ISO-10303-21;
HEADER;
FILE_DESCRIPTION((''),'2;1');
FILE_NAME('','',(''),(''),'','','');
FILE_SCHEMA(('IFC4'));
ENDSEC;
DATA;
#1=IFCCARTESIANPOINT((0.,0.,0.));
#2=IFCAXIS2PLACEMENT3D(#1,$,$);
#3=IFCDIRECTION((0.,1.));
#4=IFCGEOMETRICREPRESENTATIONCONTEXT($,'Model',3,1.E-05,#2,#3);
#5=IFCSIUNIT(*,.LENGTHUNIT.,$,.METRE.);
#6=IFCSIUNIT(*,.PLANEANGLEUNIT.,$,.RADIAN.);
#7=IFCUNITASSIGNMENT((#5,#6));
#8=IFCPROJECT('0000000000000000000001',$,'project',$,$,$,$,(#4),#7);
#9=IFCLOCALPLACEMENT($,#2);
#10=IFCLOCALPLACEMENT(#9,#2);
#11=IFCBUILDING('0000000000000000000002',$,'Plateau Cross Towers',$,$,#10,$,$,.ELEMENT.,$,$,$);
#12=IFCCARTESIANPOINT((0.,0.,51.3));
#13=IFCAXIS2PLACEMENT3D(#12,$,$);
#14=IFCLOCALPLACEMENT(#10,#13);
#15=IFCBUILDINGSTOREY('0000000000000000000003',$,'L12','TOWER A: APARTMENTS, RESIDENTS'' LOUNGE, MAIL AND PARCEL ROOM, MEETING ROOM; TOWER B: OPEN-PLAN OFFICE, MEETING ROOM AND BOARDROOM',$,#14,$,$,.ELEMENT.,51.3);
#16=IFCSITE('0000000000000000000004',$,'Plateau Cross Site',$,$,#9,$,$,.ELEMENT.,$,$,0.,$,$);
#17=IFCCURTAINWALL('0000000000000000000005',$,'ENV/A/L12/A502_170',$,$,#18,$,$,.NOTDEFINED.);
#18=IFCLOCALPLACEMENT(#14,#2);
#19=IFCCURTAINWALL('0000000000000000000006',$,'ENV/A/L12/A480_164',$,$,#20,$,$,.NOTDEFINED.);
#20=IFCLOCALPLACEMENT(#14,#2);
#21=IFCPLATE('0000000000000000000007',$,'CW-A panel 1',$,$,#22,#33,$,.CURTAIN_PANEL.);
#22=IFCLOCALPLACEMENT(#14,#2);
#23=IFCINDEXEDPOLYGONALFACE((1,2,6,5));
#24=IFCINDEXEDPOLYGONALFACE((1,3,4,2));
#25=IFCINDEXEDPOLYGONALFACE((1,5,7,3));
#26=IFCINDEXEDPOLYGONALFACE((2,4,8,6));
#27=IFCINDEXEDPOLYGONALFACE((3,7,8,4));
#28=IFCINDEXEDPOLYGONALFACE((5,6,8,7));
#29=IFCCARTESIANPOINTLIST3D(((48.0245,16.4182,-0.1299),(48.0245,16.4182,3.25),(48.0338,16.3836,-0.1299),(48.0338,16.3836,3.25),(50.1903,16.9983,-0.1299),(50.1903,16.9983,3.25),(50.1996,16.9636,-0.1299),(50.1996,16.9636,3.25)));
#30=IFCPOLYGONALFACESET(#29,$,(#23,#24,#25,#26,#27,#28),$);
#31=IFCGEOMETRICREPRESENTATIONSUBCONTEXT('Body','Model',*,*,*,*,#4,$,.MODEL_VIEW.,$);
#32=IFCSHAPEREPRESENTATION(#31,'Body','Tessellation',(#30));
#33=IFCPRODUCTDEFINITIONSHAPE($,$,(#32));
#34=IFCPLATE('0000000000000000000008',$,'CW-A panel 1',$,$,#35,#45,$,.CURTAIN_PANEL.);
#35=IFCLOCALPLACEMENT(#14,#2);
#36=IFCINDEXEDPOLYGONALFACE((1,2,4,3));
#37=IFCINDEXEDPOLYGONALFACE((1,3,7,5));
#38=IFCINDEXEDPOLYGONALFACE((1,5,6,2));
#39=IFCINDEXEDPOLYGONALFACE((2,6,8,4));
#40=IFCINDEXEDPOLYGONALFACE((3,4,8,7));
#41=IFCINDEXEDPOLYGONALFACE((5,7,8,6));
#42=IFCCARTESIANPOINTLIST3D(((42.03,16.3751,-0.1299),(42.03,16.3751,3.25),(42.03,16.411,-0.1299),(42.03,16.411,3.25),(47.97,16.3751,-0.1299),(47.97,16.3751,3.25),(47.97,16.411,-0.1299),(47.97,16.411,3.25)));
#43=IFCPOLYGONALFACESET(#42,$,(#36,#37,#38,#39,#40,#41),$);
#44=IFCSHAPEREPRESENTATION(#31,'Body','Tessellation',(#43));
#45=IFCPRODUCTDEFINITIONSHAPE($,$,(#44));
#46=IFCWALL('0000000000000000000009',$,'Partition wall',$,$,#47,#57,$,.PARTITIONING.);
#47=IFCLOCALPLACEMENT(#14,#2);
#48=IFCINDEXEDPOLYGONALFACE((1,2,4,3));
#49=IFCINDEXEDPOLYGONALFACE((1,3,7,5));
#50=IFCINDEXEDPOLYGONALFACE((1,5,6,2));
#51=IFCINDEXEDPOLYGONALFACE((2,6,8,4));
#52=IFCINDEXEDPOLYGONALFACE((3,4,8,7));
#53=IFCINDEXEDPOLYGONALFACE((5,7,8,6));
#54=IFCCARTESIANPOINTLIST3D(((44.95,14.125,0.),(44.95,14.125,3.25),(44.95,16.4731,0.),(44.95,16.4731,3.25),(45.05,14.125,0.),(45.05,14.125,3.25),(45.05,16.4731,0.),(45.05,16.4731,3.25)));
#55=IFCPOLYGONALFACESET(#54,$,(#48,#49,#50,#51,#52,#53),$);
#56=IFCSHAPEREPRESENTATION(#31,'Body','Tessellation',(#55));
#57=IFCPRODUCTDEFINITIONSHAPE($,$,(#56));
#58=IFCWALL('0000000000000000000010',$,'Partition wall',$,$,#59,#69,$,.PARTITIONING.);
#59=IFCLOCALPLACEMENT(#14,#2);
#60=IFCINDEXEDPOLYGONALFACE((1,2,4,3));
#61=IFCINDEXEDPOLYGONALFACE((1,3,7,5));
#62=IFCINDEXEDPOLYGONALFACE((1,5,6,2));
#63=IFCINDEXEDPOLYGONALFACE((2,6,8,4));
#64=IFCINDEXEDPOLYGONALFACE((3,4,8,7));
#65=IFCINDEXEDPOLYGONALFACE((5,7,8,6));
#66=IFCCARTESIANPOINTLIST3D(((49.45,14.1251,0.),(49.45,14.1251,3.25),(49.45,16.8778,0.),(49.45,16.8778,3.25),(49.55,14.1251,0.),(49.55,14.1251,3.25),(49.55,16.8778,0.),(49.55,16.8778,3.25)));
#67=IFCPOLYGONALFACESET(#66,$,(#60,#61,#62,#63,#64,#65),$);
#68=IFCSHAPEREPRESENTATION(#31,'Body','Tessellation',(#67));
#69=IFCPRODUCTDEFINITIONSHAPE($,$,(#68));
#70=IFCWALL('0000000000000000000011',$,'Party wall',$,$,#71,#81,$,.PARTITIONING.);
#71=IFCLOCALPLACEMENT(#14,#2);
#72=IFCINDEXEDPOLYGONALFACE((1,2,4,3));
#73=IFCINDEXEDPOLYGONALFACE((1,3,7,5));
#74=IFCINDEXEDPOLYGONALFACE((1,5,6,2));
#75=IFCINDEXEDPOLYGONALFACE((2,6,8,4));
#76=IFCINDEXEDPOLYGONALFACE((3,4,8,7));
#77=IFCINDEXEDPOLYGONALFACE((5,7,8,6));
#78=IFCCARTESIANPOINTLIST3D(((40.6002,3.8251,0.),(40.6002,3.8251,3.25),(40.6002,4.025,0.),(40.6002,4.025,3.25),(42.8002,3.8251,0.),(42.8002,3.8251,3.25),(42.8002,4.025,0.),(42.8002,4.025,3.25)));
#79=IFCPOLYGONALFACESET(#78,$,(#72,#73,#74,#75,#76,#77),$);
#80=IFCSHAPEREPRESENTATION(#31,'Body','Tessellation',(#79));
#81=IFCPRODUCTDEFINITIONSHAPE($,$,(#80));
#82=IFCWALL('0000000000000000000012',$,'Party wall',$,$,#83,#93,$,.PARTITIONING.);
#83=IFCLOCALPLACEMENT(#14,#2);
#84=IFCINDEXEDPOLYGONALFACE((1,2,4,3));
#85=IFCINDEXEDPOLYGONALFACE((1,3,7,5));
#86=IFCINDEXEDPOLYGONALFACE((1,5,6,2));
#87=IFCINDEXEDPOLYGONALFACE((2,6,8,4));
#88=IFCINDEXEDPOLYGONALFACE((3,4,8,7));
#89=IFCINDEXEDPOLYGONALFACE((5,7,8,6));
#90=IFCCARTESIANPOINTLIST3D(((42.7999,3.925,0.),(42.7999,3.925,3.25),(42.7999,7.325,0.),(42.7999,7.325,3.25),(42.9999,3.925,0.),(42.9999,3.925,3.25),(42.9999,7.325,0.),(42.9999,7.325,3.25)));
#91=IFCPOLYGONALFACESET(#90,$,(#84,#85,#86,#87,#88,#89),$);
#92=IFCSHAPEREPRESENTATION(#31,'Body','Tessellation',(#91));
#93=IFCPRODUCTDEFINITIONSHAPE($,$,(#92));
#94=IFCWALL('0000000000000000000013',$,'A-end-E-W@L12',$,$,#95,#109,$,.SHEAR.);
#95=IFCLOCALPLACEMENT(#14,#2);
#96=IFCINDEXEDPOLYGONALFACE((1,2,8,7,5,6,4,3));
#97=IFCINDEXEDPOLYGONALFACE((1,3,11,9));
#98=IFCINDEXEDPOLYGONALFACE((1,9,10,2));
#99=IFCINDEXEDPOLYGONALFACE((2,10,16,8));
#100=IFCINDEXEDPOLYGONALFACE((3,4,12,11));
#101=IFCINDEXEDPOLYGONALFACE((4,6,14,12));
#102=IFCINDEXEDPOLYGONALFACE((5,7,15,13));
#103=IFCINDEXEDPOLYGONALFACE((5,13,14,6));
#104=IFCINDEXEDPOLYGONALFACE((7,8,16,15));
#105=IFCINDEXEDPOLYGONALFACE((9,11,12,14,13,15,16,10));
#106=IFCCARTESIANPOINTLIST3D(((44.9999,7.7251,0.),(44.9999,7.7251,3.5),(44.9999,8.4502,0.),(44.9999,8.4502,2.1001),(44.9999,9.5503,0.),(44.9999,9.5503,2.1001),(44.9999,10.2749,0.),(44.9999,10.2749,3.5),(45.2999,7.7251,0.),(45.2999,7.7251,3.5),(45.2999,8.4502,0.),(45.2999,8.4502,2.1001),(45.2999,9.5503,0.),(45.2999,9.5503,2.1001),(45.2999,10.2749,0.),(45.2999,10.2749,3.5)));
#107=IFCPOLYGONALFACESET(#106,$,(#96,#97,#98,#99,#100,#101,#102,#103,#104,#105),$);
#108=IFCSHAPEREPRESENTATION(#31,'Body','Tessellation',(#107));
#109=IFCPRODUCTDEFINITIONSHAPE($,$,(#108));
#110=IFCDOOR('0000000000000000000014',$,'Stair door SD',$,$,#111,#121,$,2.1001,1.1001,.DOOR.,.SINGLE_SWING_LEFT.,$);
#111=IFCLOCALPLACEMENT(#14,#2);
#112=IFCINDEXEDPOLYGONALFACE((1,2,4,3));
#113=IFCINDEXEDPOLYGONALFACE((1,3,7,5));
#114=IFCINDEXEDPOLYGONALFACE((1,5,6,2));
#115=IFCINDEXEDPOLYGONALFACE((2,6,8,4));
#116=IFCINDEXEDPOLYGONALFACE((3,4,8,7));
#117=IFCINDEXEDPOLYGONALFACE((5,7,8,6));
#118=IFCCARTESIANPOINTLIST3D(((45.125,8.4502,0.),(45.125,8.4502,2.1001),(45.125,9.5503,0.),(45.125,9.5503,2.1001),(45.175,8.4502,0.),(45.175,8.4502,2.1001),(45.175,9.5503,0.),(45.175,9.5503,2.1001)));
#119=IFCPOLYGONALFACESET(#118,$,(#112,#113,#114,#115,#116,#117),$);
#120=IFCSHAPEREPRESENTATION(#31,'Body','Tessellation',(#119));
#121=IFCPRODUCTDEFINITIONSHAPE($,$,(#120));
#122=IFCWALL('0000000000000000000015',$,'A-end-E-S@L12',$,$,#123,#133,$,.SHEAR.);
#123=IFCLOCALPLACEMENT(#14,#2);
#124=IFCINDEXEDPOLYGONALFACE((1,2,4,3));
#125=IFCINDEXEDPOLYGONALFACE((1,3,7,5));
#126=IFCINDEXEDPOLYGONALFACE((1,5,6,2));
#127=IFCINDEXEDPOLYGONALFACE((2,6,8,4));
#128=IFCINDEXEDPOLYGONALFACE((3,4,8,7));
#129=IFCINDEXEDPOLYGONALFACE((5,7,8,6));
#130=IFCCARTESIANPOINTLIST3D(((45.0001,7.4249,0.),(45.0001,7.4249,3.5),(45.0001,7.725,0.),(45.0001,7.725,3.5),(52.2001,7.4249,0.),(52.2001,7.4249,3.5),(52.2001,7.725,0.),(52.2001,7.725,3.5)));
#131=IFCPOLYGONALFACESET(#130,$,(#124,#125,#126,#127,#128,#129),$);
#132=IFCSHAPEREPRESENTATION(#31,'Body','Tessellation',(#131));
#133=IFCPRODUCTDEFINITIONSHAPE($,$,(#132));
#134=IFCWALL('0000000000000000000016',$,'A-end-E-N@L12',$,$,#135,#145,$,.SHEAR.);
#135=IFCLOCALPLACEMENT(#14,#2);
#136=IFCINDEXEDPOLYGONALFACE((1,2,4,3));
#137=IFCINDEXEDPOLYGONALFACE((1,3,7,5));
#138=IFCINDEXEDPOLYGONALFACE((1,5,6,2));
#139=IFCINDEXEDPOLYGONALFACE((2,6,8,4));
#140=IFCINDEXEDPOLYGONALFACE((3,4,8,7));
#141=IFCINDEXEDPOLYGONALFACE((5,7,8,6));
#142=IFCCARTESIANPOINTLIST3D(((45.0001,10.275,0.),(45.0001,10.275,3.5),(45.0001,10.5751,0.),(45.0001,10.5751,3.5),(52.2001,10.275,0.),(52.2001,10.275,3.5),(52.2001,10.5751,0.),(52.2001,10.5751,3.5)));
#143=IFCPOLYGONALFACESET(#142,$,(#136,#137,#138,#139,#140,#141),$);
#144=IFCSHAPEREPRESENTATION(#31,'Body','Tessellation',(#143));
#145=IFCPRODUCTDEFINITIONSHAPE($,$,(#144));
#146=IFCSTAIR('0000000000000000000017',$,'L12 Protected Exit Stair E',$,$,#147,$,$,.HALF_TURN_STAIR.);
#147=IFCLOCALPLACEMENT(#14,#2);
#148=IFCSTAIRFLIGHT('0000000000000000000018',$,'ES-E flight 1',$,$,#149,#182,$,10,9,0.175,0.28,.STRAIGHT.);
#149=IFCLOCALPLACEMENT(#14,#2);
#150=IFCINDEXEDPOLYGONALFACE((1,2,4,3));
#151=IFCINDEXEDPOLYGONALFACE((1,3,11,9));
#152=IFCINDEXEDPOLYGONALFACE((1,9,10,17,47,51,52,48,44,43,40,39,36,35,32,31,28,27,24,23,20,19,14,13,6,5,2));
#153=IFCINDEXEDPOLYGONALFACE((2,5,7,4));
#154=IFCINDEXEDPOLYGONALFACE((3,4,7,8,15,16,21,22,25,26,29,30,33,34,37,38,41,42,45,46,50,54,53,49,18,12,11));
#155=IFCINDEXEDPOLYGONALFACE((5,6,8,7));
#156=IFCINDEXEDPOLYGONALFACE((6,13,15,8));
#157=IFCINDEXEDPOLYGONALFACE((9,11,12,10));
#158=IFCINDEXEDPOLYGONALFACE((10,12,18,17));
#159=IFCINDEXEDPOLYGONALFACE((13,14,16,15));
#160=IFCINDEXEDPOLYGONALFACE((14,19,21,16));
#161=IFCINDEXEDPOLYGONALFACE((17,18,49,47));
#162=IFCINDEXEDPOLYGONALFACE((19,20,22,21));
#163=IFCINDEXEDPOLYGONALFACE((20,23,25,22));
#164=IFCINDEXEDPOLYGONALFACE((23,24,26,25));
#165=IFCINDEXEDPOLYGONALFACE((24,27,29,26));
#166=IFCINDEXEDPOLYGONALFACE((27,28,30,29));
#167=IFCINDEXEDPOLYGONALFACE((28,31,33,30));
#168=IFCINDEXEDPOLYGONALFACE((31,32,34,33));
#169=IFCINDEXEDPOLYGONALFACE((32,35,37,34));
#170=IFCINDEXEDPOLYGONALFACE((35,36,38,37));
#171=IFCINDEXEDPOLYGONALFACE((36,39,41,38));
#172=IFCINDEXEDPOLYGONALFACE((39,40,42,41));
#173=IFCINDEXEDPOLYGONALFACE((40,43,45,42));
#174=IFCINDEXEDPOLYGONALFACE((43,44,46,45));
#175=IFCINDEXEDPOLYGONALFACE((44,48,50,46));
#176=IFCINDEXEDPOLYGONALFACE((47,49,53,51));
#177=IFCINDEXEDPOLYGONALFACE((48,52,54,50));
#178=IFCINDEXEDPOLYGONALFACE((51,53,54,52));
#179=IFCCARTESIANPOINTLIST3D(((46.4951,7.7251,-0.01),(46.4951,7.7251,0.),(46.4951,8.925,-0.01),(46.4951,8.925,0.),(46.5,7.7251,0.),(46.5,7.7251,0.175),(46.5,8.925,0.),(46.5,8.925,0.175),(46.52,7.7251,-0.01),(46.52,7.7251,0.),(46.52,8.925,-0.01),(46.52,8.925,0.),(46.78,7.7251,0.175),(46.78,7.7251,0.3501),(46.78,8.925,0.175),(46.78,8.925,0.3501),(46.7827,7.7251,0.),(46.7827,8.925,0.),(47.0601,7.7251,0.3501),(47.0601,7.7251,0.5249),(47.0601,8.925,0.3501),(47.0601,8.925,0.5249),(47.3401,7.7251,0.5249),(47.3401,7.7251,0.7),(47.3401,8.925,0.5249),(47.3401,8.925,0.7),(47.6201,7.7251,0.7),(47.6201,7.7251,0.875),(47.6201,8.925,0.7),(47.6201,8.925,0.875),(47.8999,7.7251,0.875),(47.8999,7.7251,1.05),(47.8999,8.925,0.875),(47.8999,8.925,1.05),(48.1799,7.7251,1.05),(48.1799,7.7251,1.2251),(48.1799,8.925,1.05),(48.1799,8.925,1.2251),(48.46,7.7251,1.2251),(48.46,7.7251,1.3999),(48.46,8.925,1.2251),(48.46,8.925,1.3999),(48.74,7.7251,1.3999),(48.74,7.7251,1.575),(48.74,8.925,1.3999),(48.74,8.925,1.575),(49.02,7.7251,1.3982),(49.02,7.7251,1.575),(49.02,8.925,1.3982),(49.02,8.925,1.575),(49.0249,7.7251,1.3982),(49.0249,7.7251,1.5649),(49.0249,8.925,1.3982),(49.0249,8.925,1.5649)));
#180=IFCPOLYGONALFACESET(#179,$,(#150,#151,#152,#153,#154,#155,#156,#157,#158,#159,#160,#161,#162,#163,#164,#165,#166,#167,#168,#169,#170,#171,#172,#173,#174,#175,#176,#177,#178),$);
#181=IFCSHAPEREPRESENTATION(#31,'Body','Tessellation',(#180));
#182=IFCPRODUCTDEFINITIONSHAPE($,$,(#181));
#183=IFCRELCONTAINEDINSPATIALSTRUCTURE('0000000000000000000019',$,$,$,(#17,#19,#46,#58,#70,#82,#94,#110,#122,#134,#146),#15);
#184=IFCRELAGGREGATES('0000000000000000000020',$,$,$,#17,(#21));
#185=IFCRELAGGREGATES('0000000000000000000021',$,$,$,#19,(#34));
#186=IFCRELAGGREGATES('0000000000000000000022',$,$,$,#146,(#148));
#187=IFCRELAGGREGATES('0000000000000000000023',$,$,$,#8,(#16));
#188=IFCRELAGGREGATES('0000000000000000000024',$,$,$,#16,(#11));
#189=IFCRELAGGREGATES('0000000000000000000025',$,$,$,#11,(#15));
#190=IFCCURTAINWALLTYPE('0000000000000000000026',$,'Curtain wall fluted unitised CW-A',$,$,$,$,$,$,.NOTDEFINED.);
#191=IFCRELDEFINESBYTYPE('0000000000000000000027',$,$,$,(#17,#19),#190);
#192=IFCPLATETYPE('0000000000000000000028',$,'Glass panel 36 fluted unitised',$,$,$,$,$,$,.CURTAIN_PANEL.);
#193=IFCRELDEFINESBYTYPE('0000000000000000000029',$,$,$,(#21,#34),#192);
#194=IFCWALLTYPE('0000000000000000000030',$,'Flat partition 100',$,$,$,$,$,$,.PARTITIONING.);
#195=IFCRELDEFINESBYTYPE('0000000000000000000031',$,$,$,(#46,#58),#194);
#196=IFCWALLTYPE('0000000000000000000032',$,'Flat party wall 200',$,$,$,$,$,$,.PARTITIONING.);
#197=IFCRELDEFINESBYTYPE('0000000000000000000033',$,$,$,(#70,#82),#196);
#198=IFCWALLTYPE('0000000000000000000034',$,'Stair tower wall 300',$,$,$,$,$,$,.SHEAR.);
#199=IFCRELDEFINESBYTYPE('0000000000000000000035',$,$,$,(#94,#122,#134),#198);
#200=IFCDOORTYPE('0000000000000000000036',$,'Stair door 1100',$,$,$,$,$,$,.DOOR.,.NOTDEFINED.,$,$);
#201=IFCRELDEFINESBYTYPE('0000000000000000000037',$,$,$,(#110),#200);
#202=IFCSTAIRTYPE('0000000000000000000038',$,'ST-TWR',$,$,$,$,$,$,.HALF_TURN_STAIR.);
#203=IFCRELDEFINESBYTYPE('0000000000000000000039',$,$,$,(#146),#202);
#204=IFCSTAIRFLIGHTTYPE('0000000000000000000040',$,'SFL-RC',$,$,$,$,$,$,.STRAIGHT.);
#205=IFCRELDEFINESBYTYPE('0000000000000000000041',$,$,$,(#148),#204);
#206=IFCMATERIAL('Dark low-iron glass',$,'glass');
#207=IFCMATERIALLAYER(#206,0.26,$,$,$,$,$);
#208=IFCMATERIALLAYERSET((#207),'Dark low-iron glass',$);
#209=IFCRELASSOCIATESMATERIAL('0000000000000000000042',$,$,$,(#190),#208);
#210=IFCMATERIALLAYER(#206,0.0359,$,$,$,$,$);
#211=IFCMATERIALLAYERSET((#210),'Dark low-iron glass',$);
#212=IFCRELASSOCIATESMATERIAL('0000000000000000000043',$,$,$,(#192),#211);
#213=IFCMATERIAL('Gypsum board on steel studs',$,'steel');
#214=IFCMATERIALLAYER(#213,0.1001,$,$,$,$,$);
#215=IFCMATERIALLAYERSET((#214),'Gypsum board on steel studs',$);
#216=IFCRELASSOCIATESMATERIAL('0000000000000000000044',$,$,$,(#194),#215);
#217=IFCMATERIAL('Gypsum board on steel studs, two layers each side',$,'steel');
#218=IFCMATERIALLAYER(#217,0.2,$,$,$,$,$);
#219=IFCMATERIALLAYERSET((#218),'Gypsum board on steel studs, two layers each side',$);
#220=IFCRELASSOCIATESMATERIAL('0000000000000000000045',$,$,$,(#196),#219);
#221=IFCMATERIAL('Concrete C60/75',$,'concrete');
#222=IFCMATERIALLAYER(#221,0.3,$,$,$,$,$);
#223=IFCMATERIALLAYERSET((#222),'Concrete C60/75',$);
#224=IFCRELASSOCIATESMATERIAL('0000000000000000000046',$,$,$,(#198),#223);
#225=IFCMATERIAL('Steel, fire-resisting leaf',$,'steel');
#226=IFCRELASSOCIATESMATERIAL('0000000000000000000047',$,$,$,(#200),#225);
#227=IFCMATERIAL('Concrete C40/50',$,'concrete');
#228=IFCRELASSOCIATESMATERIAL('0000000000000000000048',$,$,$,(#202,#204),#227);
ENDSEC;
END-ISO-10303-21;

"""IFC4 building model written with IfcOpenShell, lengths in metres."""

from ifc_helpers import new_model, si_unit, direction, frame, frame_2d, origin, origin_2d, place, context, subcontext, project, spatial, polyline, rectangle, outline, extrude, material, layer, layer_set, type_object, element, fill, aggregate, save


model = new_model("IFC4")

# Units and contexts
model_context = context("Model", 3, precision=1e-05, world=origin(), true_north=direction((0.0, 1.0)))
body_context = subcontext(model_context, "Body", "Model", "MODEL_VIEW")
ifc_project = project(units=[si_unit("LENGTHUNIT", "METRE"), si_unit("PLANEANGLEUNIT", "RADIAN")], contexts=[model_context])

# Site, building, storey
site_placement = place(None, origin())
site = spatial("IfcSite", under=ifc_project, at=site_placement, Name="Plateau Cross Site", CompositionType="ELEMENT", RefElevation=0.0)
building_placement = place(site_placement, origin())
building = spatial("IfcBuilding", under=site, at=building_placement, Name="Plateau Cross Towers", CompositionType="ELEMENT")
storey_placement = place(building_placement, frame((0.0, 0.0, 51.3)))
storey = spatial("IfcBuildingStorey", under=building, at=storey_placement, Name="L12", Description="TOWER A: APARTMENTS, RESIDENTS' LOUNGE, MAIL AND PARCEL ROOM, MEETING ROOM; TOWER B: OPEN-PLAN OFFICE, MEETING ROOM AND BOARDROOM", CompositionType="ELEMENT", Elevation=51.3)

# Curtain walls
ifc_material_1 = material(Name="Dark low-iron glass", Category="glass")
ifc_layer_1 = layer(ifc_material_1, 0.26)
ifc_layer_set_1 = layer_set([ifc_layer_1], Name="Dark low-iron glass")
curtain_wall_type_1 = type_object("IfcCurtainWallType", Name="Curtain wall fluted unitised CW-A", PredefinedType="NOTDEFINED", material=ifc_layer_set_1)
curtain_wall_1_placement = place(storey_placement, origin())
curtain_wall_1 = element("IfcCurtainWall", 1, at=curtain_wall_1_placement, inside=storey, type_object=curtain_wall_type_1, Name="ENV/A/L12/A502_170", PredefinedType="NOTDEFINED")
curtain_wall_2_placement = place(storey_placement, origin())
curtain_wall_2 = element("IfcCurtainWall", 2, at=curtain_wall_2_placement, inside=storey, type_object=curtain_wall_type_1, Name="ENV/A/L12/A480_164", PredefinedType="NOTDEFINED")

# Plates
ifc_layer_2 = layer(ifc_material_1, 0.0359)
ifc_layer_set_2 = layer_set([ifc_layer_2], Name="Dark low-iron glass")
plate_type = type_object("IfcPlateType", Name="Glass panel 36 fluted unitised", PredefinedType="CURTAIN_PANEL", material=ifc_layer_set_2)
plate_1_placement = place(storey_placement, frame((49.1121, 16.6909, -0.1299), z_axis=(0.0, 0.0, 1.0), x_axis=(-0.965958, -0.258699, 0.0)))
plate_1 = element("IfcPlate", 3, at=plate_1_placement, type_object=plate_type, Name="CW-A panel 1", PredefinedType="CURTAIN_PANEL", context=body_context, shape_type="SweptSolid", body=[
    extrude(rectangle(XDim=2.2422, YDim=0.0359, at=origin_2d()), origin(), (0.0, 0.0, 1.0), 3.3799),
])
aggregate(curtain_wall_1, [plate_1])
plate_2_placement = place(storey_placement, frame((45.0, 16.3931, -0.1299), z_axis=(0.0, 0.0, 1.0), x_axis=(-1.0, 0.0, 0.0)))
plate_2 = element("IfcPlate", 4, at=plate_2_placement, type_object=plate_type, Name="CW-A panel 1", PredefinedType="CURTAIN_PANEL", context=body_context, shape_type="SweptSolid", body=[
    extrude(rectangle(XDim=5.9399, YDim=0.0359, at=origin_2d()), origin(), (0.0, 0.0, 1.0), 3.3799),
])
aggregate(curtain_wall_2, [plate_2])

# Walls
ifc_material_2 = material(Name="Gypsum board on steel studs", Category="steel")
ifc_layer_3 = layer(ifc_material_2, 0.1001)
ifc_layer_set_3 = layer_set([ifc_layer_3], Name="Gypsum board on steel studs")
wall_type_1 = type_object("IfcWallType", Name="Flat partition 100", PredefinedType="PARTITIONING", material=ifc_layer_set_3)
wall_1_placement = place(storey_placement, frame((45.0, 14.125, 0.0), z_axis=(0.0, 0.0, 1.0), x_axis=(0.0, 1.0, 0.0)))
element("IfcWall", 5, at=wall_1_placement, inside=storey, type_object=wall_type_1, Name="Partition wall", PredefinedType="PARTITIONING", context=body_context, shape_type="SweptSolid", body=[
    extrude(rectangle(XDim=2.3481, YDim=0.1001, at=frame_2d((1.1741, 0.0))), origin(), (0.0, 0.0, 1.0), 3.25),
])
wall_2_placement = place(storey_placement, frame((49.5, 14.125, 0.0), z_axis=(0.0, 0.0, 1.0), x_axis=(0.0, 1.0, 0.0)))
element("IfcWall", 6, at=wall_2_placement, inside=storey, type_object=wall_type_1, Name="Partition wall", PredefinedType="PARTITIONING", context=body_context, shape_type="SweptSolid", body=[
    extrude(rectangle(XDim=2.7527, YDim=0.1001, at=frame_2d((1.3765, 0.0))), origin(), (0.0, 0.0, 1.0), 3.25),
])
ifc_material_3 = material(Name="Gypsum board on steel studs, two layers each side", Category="steel")
ifc_layer_4 = layer(ifc_material_3, 0.2)
ifc_layer_set_4 = layer_set([ifc_layer_4], Name="Gypsum board on steel studs, two layers each side")
wall_type_2 = type_object("IfcWallType", Name="Flat party wall 200", PredefinedType="PARTITIONING", material=ifc_layer_set_4)
wall_3_placement = place(storey_placement, frame((40.6001, 3.925, 0.0), z_axis=(0.0, 0.0, 1.0), x_axis=(1.0, 0.0, 0.0)))
element("IfcWall", 7, at=wall_3_placement, inside=storey, type_object=wall_type_2, Name="Party wall", PredefinedType="PARTITIONING", context=body_context, shape_type="SweptSolid", body=[
    extrude(rectangle(XDim=2.2, YDim=0.2, at=frame_2d((1.1001, 0.0))), origin(), (0.0, 0.0, 1.0), 3.25),
])
wall_4_placement = place(storey_placement, frame((42.8999, 3.925, 0.0), z_axis=(0.0, 0.0, 1.0), x_axis=(0.0, 1.0, 0.0)))
element("IfcWall", 8, at=wall_4_placement, inside=storey, type_object=wall_type_2, Name="Party wall", PredefinedType="PARTITIONING", context=body_context, shape_type="SweptSolid", body=[
    extrude(rectangle(XDim=3.3999, YDim=0.2, at=frame_2d((1.7, 0.0))), origin(), (0.0, 0.0, 1.0), 3.25),
])

# Wall, opening, door
ifc_material_4 = material(Name="Concrete C60/75", Category="concrete")
ifc_layer_5 = layer(ifc_material_4, 0.3)
ifc_layer_set_5 = layer_set([ifc_layer_5], Name="Concrete C60/75")
wall_type_3 = type_object("IfcWallType", Name="Stair tower wall 300", PredefinedType="SHEAR", material=ifc_layer_set_5)
wall_5_placement = place(storey_placement, frame((45.1499, 7.7251, 0.0), z_axis=(0.0, 0.0, 1.0), x_axis=(0.0, 1.0, 0.0)))
wall_5 = element("IfcWall", 9, at=wall_5_placement, inside=storey, type_object=wall_type_3, Name="A-end-E-W@L12", PredefinedType="SHEAR", context=body_context, shape_type="SweptSolid", body=[
    extrude(rectangle(XDim=2.5498, YDim=0.3, at=frame_2d((1.2749, 0.0))), origin(), (0.0, 0.0, 1.0), 3.5),
])
opening_placement = place(wall_5_placement, frame((0.7251, 0.0, 0.0)))
opening = element("IfcOpeningElement", 10, at=opening_placement, cuts=wall_5, PredefinedType="OPENING", context=body_context, shape_type="SweptSolid", body=[
    extrude(rectangle(XDim=1.1001, YDim=2.1001, at=frame_2d((0.55, 1.05))), frame((0.0, 0.1599, 0.0), z_axis=(0.0, -1.0, 0.0), x_axis=(1.0, 0.0, 0.0)), (0.0, 0.0, 1.0), 0.3201),
])
ifc_material_5 = material(Name="Steel, fire-resisting leaf", Category="steel")
door_type = type_object("IfcDoorType", Name="Stair door 1100", OperationType="NOTDEFINED", PredefinedType="DOOR", material=ifc_material_5)
door_placement = place(opening_placement, origin())
door = element("IfcDoor", 11, at=door_placement, inside=storey, type_object=door_type, Name="Stair door SD", OperationType="SINGLE_SWING_LEFT", OverallHeight=2.1001, OverallWidth=1.1001, PredefinedType="DOOR", context=body_context, shape_type="SweptSolid", body=[
    extrude(rectangle(XDim=1.1001, YDim=2.1001, at=frame_2d((0.55, 1.05))), frame((0.0, 0.0249, 0.0), z_axis=(0.0, -1.0, 0.0), x_axis=(1.0, 0.0, 0.0)), (0.0, 0.0, 1.0), 0.05),
])
fill(opening, door)

# Walls
for number, where, z_axis, x_axis, name in (
    (12, (45.0, 7.575, 0.0), (0.0, 0.0, 1.0), (1.0, 0.0, 0.0), "A-end-E-S@L12"),
    (13, (45.0, 10.425, 0.0), (0.0, 0.0, 1.0), (1.0, 0.0, 0.0), "A-end-E-N@L12"),
):
    element("IfcWall", number, at=place(storey_placement, frame(where, z_axis=z_axis, x_axis=x_axis)), inside=storey, type_object=wall_type_3, Name=name, PredefinedType="SHEAR", context=body_context, shape_type="SweptSolid", body=[
        extrude(rectangle(XDim=7.2, YDim=0.3, at=frame_2d((3.6001, 0.0))), origin(), (0.0, 0.0, 1.0), 3.5),
    ])

# Stair, stair flight
ifc_material_6 = material(Name="Concrete C40/50", Category="concrete")
stair_type = type_object("IfcStairType", Name="ST-TWR", PredefinedType="HALF_TURN_STAIR", material=ifc_material_6)
stair_placement = place(storey_placement, origin())
stair = element("IfcStair", 14, at=stair_placement, inside=storey, type_object=stair_type, Name="L12 Protected Exit Stair E", PredefinedType="HALF_TURN_STAIR")
stair_flight_type = type_object("IfcStairFlightType", Name="SFL-RC", PredefinedType="STRAIGHT", material=ifc_material_6)
stair_flight_1_placement = place(storey_placement, frame((46.5, 8.325, 0.0), z_axis=(0.0, 0.0, 1.0), x_axis=(1.0, 0.0, 0.0)))
stair_flight_1 = element("IfcStairFlight", 15, at=stair_flight_1_placement, type_object=stair_flight_type, Name="ES-E flight 1", NumberOfRisers=10, NumberOfTreads=9, PredefinedType="STRAIGHT", RiserHeight=0.175, TreadLength=0.28, context=body_context, shape_type="SweptSolid", body=[
    extrude(outline(polyline([(-0.0049, -0.01), (-0.0049, 0.0), (0.0, 0.0), (0.0, 0.175), (0.28, 0.175), (0.28, 0.3501), (0.5601, 0.3501), (0.5601, 0.5249), (0.8401, 0.5249), (0.8401, 0.7), (1.1201, 0.7), (1.1201, 0.875), (1.3999, 0.875), (1.3999, 1.05), (1.6799, 1.05), (1.6799, 1.2251), (1.96, 1.2251), (1.96, 1.3999), (2.24, 1.3999), (2.24, 1.575), (2.52, 1.575), (2.5249, 1.5649), (2.5249, 1.3982), (2.52, 1.3982), (0.2827, 0.0), (0.02, 0.0), (0.02, -0.01), (-0.0049, -0.01)])), frame((0.0, 0.6001, 0.0), z_axis=(0.0, -1.0, 0.0), x_axis=(1.0, 0.0, 0.0)), (0.0, 0.0, 1.0), 1.2),
])
aggregate(stair, [stair_flight_1])

save(model, "model.ifc")
